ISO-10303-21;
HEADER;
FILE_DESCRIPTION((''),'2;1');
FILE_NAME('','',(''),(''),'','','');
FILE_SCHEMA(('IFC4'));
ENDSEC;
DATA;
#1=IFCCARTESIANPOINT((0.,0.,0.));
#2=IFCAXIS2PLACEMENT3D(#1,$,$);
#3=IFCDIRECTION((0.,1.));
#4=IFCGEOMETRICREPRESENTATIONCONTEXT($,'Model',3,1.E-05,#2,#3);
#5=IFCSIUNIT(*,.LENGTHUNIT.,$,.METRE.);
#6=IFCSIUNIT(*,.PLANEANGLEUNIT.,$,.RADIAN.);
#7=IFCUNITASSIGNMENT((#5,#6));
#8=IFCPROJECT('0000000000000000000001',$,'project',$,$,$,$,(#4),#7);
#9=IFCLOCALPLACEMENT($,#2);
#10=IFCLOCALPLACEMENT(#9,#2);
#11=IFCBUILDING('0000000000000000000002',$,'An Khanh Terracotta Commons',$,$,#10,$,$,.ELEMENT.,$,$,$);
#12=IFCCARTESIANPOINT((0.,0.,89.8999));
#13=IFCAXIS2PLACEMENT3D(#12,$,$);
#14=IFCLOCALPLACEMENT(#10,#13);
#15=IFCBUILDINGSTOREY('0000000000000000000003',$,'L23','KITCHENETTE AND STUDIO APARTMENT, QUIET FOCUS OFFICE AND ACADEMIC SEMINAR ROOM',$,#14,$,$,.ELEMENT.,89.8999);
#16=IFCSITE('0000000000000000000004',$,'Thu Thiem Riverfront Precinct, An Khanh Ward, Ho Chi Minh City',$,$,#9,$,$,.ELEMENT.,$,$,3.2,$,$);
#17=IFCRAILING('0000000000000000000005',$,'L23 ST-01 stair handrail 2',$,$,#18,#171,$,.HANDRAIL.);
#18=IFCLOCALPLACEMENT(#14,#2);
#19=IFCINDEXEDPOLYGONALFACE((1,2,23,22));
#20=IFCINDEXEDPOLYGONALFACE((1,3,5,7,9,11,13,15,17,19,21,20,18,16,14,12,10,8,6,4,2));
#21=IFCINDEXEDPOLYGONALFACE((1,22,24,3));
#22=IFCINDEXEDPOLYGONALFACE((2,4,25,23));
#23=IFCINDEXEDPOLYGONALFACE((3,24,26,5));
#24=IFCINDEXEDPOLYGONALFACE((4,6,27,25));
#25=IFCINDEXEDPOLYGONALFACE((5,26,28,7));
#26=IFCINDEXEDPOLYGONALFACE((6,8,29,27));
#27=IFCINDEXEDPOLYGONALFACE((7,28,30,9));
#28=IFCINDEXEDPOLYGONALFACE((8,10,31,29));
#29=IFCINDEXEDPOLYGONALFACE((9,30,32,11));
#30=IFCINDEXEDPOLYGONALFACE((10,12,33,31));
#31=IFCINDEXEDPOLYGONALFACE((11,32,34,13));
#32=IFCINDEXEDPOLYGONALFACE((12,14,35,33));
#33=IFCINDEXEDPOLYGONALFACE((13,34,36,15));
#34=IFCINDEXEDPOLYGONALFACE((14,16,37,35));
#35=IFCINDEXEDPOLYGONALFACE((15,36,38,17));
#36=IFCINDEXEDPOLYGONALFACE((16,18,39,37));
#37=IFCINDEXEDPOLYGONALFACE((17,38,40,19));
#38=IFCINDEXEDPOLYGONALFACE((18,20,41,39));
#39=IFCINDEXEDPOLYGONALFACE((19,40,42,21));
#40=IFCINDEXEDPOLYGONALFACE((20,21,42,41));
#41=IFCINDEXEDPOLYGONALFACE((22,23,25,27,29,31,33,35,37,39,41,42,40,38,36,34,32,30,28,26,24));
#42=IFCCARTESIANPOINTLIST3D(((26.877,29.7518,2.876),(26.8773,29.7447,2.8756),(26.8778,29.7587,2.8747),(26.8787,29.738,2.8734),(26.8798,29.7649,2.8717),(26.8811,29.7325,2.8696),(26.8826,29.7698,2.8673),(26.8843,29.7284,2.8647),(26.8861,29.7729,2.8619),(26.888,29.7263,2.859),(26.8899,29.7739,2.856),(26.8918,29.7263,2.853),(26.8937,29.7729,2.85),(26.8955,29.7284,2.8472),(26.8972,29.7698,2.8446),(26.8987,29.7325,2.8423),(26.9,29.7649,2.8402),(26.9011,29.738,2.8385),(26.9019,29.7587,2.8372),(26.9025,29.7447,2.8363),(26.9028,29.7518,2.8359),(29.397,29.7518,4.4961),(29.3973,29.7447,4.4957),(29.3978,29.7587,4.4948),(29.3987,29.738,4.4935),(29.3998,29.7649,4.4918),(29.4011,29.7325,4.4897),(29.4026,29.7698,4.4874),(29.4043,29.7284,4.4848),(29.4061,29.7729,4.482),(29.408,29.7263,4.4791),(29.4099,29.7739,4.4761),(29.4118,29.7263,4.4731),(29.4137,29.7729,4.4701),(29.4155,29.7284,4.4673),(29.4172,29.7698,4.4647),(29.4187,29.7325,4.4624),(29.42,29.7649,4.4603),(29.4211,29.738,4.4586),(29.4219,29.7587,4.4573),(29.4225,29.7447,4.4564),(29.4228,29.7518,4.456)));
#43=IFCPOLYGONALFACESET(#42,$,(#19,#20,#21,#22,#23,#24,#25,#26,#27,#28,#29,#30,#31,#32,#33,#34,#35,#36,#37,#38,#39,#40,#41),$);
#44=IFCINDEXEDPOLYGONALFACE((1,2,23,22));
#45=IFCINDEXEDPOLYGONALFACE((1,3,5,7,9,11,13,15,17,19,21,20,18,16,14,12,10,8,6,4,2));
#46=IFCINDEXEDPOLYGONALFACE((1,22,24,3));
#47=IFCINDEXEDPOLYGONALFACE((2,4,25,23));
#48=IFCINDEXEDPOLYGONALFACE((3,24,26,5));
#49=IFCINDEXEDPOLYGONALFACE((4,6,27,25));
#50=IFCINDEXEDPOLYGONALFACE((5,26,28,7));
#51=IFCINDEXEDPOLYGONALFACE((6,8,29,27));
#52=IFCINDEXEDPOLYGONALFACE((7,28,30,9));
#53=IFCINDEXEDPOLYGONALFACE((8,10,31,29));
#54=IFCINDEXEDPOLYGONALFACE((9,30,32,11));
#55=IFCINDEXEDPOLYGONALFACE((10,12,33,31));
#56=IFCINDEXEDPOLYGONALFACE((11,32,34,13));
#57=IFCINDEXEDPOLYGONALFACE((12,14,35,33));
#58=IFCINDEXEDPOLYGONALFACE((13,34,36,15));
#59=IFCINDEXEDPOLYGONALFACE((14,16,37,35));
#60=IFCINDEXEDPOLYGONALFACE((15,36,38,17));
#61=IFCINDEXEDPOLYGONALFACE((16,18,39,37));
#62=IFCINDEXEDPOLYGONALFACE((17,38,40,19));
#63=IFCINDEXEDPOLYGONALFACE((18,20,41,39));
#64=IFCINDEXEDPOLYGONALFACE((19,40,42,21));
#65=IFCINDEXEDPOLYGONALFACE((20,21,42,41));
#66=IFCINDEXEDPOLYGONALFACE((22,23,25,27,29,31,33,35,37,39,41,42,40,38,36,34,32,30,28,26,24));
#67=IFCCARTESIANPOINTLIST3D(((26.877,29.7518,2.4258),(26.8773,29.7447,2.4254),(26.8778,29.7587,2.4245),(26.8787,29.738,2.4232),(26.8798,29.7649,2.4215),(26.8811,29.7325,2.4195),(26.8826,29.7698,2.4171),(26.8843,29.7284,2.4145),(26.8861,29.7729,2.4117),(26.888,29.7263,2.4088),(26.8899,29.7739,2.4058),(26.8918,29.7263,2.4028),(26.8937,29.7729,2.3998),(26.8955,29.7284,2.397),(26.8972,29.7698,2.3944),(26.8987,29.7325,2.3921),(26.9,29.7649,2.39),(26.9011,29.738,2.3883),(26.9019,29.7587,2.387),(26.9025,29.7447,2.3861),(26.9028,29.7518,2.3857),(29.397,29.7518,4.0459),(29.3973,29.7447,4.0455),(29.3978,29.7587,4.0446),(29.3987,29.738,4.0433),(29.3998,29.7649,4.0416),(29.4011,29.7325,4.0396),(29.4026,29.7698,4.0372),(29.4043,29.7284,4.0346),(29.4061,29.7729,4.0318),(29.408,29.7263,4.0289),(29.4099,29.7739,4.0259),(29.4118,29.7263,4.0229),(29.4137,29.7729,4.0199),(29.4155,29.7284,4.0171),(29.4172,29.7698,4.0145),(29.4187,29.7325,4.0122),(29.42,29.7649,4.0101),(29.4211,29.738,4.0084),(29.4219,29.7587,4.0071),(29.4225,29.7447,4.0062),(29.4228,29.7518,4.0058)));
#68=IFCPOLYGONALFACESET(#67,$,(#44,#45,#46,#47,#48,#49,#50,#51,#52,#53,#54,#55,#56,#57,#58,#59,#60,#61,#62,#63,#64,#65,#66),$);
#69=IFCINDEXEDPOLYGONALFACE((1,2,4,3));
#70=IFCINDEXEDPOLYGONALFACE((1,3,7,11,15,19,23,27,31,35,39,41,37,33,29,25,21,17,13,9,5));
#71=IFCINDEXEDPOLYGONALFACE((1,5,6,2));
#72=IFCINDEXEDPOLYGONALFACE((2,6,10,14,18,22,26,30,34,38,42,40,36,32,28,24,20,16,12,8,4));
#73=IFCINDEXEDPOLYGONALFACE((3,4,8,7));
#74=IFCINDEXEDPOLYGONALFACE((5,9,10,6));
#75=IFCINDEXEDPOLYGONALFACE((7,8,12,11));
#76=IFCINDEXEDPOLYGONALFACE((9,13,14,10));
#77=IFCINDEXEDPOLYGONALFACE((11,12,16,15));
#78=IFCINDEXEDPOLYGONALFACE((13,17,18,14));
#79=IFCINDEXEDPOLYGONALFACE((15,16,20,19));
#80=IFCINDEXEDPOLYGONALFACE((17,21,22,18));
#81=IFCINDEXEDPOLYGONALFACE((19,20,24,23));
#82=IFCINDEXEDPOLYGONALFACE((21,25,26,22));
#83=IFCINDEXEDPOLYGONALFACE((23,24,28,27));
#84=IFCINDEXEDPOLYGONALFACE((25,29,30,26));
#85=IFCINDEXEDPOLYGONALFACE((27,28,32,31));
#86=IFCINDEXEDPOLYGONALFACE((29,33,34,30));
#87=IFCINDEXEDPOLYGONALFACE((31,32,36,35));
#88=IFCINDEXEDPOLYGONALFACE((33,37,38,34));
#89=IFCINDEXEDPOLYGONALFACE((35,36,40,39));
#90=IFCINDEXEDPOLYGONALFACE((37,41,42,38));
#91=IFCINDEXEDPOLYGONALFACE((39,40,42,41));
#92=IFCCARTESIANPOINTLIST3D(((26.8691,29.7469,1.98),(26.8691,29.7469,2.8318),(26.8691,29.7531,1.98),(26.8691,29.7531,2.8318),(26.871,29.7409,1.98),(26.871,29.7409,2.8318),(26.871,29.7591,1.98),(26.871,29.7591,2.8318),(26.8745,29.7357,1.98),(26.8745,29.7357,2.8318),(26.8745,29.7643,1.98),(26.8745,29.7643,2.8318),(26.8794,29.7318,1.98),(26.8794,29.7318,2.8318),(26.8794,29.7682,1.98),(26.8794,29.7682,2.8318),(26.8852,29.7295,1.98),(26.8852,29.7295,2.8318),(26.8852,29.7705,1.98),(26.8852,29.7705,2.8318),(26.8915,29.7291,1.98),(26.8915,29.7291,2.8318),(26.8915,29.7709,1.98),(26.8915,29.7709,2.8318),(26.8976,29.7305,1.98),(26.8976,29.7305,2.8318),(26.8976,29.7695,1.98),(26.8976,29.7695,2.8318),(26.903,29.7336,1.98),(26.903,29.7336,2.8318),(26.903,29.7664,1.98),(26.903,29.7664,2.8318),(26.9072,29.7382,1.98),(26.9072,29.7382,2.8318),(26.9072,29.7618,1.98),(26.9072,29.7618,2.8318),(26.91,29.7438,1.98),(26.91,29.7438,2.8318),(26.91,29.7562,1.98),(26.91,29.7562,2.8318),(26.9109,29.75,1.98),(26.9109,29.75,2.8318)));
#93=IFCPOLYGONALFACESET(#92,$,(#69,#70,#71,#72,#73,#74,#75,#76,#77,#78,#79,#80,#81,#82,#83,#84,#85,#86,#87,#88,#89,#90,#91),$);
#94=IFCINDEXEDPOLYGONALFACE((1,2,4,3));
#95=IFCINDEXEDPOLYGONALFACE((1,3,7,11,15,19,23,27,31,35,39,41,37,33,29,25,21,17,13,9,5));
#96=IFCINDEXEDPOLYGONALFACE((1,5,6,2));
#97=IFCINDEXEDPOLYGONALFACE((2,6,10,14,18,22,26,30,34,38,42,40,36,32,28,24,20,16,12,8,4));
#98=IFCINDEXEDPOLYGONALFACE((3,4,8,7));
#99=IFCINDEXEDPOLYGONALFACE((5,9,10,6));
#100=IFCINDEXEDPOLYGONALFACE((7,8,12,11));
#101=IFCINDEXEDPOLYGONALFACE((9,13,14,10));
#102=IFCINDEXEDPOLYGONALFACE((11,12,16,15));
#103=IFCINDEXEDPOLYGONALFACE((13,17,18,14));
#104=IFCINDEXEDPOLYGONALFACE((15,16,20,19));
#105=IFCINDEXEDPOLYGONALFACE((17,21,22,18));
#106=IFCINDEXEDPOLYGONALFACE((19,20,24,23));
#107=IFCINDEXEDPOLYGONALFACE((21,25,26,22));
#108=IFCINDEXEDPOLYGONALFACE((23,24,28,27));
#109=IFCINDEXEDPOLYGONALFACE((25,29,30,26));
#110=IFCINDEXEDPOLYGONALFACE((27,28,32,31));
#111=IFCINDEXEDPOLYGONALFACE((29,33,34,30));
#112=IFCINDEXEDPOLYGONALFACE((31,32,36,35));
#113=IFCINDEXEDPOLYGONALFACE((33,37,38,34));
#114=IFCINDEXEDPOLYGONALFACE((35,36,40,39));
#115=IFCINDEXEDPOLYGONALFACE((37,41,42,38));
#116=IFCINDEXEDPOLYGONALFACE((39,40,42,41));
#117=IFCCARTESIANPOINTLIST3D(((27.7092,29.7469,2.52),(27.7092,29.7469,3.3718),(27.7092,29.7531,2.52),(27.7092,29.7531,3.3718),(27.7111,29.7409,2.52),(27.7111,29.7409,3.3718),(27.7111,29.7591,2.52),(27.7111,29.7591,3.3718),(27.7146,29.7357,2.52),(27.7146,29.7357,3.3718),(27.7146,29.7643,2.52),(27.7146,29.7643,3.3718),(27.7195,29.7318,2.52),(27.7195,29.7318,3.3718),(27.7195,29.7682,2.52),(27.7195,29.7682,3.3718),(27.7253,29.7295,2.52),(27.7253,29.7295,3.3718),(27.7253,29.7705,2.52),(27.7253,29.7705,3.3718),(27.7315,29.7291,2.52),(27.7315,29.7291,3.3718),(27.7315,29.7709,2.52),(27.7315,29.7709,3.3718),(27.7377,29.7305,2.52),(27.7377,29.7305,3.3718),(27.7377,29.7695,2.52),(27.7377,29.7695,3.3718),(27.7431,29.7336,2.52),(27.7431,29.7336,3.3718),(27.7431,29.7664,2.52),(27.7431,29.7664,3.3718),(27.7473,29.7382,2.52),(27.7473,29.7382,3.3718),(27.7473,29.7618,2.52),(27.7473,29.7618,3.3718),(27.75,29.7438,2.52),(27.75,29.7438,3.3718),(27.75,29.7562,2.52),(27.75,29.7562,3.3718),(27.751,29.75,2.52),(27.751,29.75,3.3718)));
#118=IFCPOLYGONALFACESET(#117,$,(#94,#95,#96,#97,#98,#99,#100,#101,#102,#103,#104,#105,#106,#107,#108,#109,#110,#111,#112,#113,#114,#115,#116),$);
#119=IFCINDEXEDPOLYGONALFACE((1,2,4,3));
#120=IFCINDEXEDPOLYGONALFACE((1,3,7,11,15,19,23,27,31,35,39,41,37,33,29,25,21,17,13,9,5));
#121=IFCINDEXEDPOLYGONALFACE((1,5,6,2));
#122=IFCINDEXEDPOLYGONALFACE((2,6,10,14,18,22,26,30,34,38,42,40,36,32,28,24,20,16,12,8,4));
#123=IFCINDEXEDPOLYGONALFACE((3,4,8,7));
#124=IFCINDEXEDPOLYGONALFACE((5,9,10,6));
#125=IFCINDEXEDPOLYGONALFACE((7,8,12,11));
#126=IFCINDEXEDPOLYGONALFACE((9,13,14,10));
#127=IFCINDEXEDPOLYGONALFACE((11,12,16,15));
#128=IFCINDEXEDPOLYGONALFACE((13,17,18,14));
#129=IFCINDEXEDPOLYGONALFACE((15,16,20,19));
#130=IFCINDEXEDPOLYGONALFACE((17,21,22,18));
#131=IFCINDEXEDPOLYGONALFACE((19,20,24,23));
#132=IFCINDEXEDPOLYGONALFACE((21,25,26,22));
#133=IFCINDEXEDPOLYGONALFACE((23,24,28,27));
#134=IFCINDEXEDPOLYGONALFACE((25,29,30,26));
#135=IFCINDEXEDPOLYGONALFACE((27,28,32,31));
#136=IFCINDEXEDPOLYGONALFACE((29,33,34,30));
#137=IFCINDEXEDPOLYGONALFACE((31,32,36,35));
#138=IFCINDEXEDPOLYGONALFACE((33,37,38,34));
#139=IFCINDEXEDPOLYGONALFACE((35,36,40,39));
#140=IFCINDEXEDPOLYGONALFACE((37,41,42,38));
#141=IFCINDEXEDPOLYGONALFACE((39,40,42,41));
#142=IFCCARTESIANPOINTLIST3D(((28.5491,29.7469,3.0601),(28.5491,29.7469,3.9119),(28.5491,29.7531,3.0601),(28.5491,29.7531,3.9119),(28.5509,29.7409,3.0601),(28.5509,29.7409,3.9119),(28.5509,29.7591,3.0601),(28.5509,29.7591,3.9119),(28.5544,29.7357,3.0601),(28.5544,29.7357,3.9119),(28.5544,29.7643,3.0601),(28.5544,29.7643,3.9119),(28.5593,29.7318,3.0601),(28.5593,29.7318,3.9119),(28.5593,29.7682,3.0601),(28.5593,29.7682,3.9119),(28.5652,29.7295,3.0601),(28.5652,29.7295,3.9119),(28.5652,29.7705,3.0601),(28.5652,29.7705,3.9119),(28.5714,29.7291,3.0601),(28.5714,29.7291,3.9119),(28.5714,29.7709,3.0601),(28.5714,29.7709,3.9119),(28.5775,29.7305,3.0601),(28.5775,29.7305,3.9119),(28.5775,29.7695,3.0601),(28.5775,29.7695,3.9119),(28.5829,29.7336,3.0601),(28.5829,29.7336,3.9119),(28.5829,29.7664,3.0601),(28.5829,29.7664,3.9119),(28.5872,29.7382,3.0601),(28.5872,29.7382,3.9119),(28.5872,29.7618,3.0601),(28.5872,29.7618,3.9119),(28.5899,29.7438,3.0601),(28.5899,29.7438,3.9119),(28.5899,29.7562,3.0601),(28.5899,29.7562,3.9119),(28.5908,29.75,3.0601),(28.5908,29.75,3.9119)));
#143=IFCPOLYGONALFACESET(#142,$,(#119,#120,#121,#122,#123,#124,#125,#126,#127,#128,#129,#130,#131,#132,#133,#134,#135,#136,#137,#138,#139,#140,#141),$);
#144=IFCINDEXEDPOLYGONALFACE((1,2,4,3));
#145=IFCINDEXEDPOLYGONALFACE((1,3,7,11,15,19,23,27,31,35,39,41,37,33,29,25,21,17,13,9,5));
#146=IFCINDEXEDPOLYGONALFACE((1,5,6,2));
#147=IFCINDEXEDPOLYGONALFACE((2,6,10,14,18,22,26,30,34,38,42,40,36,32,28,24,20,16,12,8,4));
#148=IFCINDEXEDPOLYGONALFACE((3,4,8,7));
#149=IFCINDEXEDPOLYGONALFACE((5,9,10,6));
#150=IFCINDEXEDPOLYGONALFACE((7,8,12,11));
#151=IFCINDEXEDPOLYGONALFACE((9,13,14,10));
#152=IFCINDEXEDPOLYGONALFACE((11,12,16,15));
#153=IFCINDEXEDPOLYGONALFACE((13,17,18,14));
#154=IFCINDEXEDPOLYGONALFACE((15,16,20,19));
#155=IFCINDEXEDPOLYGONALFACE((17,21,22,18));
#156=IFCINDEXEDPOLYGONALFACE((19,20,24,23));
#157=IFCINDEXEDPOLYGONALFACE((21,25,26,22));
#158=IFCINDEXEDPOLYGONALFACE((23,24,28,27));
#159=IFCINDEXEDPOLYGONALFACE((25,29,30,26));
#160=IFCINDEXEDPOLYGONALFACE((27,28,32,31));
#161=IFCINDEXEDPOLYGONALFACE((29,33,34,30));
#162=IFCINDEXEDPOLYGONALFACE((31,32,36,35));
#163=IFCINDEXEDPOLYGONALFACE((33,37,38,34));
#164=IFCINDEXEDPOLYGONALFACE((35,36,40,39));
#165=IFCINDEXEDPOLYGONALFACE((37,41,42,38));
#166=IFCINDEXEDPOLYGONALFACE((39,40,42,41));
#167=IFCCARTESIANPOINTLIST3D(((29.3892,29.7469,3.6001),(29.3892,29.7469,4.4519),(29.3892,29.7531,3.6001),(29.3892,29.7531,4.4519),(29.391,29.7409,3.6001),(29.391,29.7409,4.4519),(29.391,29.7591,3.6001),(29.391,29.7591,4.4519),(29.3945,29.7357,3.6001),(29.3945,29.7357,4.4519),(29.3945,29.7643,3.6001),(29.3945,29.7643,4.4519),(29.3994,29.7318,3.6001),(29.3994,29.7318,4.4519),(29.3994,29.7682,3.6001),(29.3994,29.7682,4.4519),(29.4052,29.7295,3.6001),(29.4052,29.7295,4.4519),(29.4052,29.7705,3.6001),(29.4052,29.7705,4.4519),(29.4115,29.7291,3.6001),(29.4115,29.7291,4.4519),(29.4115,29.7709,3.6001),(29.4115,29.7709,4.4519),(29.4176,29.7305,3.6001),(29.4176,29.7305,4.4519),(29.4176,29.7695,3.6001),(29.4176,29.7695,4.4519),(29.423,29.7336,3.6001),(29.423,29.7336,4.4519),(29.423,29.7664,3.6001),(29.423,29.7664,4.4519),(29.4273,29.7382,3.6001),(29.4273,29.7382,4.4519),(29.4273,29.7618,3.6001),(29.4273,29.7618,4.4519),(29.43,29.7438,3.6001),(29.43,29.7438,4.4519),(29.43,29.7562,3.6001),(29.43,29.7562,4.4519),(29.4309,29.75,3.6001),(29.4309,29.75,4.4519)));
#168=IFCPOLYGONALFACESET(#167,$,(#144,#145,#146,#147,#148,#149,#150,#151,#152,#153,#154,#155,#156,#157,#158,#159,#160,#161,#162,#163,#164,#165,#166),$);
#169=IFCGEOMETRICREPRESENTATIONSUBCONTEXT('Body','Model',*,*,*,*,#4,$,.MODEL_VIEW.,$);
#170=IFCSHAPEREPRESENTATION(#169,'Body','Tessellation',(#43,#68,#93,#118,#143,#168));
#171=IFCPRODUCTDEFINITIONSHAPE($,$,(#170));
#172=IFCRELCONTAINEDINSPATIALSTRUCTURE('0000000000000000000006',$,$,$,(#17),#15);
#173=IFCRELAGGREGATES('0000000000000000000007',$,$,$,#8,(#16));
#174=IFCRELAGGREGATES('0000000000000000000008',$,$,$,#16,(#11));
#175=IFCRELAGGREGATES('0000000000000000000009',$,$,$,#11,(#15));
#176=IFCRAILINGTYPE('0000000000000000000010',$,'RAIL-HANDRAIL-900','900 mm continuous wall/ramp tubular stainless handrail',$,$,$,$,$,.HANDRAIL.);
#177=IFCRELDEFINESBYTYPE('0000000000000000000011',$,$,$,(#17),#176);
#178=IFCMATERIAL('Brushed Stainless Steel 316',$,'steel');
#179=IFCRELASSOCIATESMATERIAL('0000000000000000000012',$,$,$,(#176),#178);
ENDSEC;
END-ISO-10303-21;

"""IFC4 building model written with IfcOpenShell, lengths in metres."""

from ifc_helpers import new_model, si_unit, direction, frame, origin, origin_2d, place, context, subcontext, project, spatial, circle, extrude, material, type_object, element, save


model = new_model("IFC4")

# Units and contexts
model_context = context("Model", 3, precision=1e-05, world=origin(), true_north=direction((0.0, 1.0)))
body_context = subcontext(model_context, "Body", "Model", "MODEL_VIEW")
ifc_project = project(units=[si_unit("LENGTHUNIT", "METRE"), si_unit("PLANEANGLEUNIT", "RADIAN")], contexts=[model_context])

# Site, building, storey
site_placement = place(None, origin())
site = spatial("IfcSite", under=ifc_project, at=site_placement, Name="Thu Thiem Riverfront Precinct, An Khanh Ward, Ho Chi Minh City", CompositionType="ELEMENT", RefElevation=3.2)
building_placement = place(site_placement, origin())
building = spatial("IfcBuilding", under=site, at=building_placement, Name="An Khanh Terracotta Commons", CompositionType="ELEMENT")
storey_placement = place(building_placement, frame((0.0, 0.0, 89.8999)))
storey = spatial("IfcBuildingStorey", under=building, at=storey_placement, Name="L23", Description="KITCHENETTE AND STUDIO APARTMENT, QUIET FOCUS OFFICE AND ACADEMIC SEMINAR ROOM", CompositionType="ELEMENT", Elevation=89.8999)

# Railing
ifc_material_1 = material(Name="Brushed Stainless Steel 316", Category="steel")
railing_type_1 = type_object("IfcRailingType", Name="RAIL-HANDRAIL-900", Description="900 mm continuous wall/ramp tubular stainless handrail", PredefinedType="HANDRAIL", material=ifc_material_1)
railing_1_placement = place(storey_placement, frame((26.8899, 29.75, 1.98)))
element("IfcRailing", 1, at=railing_1_placement, inside=storey, type_object=railing_type_1, Name="L23 ST-01 stair handrail 2", PredefinedType="HANDRAIL", context=body_context, shape_type="SweptSolid", body=[
    extrude(circle(Radius=0.0239, at=origin_2d()), frame((0.0, 0.0, 0.876), z_axis=(0.841163, 0.0, 0.540782), x_axis=(0.0, 1.0, 0.0)), (0.0, 0.0, 1.0), 2.9958),
    extrude(circle(Radius=0.0239, at=origin_2d()), frame((0.0, 0.0, 0.4258), z_axis=(0.841163, 0.0, 0.540782), x_axis=(0.0, 1.0, 0.0)), (0.0, 0.0, 1.0), 2.9958),
    extrude(circle(Radius=0.021, at=origin_2d()), origin(), (0.0, 0.0, 1.0), 0.8518),
    extrude(circle(Radius=0.021, at=origin_2d()), frame((0.8401, 0.0, 0.54)), (0.0, 0.0, 1.0), 0.8518),
    extrude(circle(Radius=0.021, at=origin_2d()), frame((1.6799, 0.0, 1.0801)), (0.0, 0.0, 1.0), 0.8518),
    extrude(circle(Radius=0.021, at=origin_2d()), frame((2.52, 0.0, 1.6201)), (0.0, 0.0, 1.0), 0.8518),
])

save(model, "model.ifc")
